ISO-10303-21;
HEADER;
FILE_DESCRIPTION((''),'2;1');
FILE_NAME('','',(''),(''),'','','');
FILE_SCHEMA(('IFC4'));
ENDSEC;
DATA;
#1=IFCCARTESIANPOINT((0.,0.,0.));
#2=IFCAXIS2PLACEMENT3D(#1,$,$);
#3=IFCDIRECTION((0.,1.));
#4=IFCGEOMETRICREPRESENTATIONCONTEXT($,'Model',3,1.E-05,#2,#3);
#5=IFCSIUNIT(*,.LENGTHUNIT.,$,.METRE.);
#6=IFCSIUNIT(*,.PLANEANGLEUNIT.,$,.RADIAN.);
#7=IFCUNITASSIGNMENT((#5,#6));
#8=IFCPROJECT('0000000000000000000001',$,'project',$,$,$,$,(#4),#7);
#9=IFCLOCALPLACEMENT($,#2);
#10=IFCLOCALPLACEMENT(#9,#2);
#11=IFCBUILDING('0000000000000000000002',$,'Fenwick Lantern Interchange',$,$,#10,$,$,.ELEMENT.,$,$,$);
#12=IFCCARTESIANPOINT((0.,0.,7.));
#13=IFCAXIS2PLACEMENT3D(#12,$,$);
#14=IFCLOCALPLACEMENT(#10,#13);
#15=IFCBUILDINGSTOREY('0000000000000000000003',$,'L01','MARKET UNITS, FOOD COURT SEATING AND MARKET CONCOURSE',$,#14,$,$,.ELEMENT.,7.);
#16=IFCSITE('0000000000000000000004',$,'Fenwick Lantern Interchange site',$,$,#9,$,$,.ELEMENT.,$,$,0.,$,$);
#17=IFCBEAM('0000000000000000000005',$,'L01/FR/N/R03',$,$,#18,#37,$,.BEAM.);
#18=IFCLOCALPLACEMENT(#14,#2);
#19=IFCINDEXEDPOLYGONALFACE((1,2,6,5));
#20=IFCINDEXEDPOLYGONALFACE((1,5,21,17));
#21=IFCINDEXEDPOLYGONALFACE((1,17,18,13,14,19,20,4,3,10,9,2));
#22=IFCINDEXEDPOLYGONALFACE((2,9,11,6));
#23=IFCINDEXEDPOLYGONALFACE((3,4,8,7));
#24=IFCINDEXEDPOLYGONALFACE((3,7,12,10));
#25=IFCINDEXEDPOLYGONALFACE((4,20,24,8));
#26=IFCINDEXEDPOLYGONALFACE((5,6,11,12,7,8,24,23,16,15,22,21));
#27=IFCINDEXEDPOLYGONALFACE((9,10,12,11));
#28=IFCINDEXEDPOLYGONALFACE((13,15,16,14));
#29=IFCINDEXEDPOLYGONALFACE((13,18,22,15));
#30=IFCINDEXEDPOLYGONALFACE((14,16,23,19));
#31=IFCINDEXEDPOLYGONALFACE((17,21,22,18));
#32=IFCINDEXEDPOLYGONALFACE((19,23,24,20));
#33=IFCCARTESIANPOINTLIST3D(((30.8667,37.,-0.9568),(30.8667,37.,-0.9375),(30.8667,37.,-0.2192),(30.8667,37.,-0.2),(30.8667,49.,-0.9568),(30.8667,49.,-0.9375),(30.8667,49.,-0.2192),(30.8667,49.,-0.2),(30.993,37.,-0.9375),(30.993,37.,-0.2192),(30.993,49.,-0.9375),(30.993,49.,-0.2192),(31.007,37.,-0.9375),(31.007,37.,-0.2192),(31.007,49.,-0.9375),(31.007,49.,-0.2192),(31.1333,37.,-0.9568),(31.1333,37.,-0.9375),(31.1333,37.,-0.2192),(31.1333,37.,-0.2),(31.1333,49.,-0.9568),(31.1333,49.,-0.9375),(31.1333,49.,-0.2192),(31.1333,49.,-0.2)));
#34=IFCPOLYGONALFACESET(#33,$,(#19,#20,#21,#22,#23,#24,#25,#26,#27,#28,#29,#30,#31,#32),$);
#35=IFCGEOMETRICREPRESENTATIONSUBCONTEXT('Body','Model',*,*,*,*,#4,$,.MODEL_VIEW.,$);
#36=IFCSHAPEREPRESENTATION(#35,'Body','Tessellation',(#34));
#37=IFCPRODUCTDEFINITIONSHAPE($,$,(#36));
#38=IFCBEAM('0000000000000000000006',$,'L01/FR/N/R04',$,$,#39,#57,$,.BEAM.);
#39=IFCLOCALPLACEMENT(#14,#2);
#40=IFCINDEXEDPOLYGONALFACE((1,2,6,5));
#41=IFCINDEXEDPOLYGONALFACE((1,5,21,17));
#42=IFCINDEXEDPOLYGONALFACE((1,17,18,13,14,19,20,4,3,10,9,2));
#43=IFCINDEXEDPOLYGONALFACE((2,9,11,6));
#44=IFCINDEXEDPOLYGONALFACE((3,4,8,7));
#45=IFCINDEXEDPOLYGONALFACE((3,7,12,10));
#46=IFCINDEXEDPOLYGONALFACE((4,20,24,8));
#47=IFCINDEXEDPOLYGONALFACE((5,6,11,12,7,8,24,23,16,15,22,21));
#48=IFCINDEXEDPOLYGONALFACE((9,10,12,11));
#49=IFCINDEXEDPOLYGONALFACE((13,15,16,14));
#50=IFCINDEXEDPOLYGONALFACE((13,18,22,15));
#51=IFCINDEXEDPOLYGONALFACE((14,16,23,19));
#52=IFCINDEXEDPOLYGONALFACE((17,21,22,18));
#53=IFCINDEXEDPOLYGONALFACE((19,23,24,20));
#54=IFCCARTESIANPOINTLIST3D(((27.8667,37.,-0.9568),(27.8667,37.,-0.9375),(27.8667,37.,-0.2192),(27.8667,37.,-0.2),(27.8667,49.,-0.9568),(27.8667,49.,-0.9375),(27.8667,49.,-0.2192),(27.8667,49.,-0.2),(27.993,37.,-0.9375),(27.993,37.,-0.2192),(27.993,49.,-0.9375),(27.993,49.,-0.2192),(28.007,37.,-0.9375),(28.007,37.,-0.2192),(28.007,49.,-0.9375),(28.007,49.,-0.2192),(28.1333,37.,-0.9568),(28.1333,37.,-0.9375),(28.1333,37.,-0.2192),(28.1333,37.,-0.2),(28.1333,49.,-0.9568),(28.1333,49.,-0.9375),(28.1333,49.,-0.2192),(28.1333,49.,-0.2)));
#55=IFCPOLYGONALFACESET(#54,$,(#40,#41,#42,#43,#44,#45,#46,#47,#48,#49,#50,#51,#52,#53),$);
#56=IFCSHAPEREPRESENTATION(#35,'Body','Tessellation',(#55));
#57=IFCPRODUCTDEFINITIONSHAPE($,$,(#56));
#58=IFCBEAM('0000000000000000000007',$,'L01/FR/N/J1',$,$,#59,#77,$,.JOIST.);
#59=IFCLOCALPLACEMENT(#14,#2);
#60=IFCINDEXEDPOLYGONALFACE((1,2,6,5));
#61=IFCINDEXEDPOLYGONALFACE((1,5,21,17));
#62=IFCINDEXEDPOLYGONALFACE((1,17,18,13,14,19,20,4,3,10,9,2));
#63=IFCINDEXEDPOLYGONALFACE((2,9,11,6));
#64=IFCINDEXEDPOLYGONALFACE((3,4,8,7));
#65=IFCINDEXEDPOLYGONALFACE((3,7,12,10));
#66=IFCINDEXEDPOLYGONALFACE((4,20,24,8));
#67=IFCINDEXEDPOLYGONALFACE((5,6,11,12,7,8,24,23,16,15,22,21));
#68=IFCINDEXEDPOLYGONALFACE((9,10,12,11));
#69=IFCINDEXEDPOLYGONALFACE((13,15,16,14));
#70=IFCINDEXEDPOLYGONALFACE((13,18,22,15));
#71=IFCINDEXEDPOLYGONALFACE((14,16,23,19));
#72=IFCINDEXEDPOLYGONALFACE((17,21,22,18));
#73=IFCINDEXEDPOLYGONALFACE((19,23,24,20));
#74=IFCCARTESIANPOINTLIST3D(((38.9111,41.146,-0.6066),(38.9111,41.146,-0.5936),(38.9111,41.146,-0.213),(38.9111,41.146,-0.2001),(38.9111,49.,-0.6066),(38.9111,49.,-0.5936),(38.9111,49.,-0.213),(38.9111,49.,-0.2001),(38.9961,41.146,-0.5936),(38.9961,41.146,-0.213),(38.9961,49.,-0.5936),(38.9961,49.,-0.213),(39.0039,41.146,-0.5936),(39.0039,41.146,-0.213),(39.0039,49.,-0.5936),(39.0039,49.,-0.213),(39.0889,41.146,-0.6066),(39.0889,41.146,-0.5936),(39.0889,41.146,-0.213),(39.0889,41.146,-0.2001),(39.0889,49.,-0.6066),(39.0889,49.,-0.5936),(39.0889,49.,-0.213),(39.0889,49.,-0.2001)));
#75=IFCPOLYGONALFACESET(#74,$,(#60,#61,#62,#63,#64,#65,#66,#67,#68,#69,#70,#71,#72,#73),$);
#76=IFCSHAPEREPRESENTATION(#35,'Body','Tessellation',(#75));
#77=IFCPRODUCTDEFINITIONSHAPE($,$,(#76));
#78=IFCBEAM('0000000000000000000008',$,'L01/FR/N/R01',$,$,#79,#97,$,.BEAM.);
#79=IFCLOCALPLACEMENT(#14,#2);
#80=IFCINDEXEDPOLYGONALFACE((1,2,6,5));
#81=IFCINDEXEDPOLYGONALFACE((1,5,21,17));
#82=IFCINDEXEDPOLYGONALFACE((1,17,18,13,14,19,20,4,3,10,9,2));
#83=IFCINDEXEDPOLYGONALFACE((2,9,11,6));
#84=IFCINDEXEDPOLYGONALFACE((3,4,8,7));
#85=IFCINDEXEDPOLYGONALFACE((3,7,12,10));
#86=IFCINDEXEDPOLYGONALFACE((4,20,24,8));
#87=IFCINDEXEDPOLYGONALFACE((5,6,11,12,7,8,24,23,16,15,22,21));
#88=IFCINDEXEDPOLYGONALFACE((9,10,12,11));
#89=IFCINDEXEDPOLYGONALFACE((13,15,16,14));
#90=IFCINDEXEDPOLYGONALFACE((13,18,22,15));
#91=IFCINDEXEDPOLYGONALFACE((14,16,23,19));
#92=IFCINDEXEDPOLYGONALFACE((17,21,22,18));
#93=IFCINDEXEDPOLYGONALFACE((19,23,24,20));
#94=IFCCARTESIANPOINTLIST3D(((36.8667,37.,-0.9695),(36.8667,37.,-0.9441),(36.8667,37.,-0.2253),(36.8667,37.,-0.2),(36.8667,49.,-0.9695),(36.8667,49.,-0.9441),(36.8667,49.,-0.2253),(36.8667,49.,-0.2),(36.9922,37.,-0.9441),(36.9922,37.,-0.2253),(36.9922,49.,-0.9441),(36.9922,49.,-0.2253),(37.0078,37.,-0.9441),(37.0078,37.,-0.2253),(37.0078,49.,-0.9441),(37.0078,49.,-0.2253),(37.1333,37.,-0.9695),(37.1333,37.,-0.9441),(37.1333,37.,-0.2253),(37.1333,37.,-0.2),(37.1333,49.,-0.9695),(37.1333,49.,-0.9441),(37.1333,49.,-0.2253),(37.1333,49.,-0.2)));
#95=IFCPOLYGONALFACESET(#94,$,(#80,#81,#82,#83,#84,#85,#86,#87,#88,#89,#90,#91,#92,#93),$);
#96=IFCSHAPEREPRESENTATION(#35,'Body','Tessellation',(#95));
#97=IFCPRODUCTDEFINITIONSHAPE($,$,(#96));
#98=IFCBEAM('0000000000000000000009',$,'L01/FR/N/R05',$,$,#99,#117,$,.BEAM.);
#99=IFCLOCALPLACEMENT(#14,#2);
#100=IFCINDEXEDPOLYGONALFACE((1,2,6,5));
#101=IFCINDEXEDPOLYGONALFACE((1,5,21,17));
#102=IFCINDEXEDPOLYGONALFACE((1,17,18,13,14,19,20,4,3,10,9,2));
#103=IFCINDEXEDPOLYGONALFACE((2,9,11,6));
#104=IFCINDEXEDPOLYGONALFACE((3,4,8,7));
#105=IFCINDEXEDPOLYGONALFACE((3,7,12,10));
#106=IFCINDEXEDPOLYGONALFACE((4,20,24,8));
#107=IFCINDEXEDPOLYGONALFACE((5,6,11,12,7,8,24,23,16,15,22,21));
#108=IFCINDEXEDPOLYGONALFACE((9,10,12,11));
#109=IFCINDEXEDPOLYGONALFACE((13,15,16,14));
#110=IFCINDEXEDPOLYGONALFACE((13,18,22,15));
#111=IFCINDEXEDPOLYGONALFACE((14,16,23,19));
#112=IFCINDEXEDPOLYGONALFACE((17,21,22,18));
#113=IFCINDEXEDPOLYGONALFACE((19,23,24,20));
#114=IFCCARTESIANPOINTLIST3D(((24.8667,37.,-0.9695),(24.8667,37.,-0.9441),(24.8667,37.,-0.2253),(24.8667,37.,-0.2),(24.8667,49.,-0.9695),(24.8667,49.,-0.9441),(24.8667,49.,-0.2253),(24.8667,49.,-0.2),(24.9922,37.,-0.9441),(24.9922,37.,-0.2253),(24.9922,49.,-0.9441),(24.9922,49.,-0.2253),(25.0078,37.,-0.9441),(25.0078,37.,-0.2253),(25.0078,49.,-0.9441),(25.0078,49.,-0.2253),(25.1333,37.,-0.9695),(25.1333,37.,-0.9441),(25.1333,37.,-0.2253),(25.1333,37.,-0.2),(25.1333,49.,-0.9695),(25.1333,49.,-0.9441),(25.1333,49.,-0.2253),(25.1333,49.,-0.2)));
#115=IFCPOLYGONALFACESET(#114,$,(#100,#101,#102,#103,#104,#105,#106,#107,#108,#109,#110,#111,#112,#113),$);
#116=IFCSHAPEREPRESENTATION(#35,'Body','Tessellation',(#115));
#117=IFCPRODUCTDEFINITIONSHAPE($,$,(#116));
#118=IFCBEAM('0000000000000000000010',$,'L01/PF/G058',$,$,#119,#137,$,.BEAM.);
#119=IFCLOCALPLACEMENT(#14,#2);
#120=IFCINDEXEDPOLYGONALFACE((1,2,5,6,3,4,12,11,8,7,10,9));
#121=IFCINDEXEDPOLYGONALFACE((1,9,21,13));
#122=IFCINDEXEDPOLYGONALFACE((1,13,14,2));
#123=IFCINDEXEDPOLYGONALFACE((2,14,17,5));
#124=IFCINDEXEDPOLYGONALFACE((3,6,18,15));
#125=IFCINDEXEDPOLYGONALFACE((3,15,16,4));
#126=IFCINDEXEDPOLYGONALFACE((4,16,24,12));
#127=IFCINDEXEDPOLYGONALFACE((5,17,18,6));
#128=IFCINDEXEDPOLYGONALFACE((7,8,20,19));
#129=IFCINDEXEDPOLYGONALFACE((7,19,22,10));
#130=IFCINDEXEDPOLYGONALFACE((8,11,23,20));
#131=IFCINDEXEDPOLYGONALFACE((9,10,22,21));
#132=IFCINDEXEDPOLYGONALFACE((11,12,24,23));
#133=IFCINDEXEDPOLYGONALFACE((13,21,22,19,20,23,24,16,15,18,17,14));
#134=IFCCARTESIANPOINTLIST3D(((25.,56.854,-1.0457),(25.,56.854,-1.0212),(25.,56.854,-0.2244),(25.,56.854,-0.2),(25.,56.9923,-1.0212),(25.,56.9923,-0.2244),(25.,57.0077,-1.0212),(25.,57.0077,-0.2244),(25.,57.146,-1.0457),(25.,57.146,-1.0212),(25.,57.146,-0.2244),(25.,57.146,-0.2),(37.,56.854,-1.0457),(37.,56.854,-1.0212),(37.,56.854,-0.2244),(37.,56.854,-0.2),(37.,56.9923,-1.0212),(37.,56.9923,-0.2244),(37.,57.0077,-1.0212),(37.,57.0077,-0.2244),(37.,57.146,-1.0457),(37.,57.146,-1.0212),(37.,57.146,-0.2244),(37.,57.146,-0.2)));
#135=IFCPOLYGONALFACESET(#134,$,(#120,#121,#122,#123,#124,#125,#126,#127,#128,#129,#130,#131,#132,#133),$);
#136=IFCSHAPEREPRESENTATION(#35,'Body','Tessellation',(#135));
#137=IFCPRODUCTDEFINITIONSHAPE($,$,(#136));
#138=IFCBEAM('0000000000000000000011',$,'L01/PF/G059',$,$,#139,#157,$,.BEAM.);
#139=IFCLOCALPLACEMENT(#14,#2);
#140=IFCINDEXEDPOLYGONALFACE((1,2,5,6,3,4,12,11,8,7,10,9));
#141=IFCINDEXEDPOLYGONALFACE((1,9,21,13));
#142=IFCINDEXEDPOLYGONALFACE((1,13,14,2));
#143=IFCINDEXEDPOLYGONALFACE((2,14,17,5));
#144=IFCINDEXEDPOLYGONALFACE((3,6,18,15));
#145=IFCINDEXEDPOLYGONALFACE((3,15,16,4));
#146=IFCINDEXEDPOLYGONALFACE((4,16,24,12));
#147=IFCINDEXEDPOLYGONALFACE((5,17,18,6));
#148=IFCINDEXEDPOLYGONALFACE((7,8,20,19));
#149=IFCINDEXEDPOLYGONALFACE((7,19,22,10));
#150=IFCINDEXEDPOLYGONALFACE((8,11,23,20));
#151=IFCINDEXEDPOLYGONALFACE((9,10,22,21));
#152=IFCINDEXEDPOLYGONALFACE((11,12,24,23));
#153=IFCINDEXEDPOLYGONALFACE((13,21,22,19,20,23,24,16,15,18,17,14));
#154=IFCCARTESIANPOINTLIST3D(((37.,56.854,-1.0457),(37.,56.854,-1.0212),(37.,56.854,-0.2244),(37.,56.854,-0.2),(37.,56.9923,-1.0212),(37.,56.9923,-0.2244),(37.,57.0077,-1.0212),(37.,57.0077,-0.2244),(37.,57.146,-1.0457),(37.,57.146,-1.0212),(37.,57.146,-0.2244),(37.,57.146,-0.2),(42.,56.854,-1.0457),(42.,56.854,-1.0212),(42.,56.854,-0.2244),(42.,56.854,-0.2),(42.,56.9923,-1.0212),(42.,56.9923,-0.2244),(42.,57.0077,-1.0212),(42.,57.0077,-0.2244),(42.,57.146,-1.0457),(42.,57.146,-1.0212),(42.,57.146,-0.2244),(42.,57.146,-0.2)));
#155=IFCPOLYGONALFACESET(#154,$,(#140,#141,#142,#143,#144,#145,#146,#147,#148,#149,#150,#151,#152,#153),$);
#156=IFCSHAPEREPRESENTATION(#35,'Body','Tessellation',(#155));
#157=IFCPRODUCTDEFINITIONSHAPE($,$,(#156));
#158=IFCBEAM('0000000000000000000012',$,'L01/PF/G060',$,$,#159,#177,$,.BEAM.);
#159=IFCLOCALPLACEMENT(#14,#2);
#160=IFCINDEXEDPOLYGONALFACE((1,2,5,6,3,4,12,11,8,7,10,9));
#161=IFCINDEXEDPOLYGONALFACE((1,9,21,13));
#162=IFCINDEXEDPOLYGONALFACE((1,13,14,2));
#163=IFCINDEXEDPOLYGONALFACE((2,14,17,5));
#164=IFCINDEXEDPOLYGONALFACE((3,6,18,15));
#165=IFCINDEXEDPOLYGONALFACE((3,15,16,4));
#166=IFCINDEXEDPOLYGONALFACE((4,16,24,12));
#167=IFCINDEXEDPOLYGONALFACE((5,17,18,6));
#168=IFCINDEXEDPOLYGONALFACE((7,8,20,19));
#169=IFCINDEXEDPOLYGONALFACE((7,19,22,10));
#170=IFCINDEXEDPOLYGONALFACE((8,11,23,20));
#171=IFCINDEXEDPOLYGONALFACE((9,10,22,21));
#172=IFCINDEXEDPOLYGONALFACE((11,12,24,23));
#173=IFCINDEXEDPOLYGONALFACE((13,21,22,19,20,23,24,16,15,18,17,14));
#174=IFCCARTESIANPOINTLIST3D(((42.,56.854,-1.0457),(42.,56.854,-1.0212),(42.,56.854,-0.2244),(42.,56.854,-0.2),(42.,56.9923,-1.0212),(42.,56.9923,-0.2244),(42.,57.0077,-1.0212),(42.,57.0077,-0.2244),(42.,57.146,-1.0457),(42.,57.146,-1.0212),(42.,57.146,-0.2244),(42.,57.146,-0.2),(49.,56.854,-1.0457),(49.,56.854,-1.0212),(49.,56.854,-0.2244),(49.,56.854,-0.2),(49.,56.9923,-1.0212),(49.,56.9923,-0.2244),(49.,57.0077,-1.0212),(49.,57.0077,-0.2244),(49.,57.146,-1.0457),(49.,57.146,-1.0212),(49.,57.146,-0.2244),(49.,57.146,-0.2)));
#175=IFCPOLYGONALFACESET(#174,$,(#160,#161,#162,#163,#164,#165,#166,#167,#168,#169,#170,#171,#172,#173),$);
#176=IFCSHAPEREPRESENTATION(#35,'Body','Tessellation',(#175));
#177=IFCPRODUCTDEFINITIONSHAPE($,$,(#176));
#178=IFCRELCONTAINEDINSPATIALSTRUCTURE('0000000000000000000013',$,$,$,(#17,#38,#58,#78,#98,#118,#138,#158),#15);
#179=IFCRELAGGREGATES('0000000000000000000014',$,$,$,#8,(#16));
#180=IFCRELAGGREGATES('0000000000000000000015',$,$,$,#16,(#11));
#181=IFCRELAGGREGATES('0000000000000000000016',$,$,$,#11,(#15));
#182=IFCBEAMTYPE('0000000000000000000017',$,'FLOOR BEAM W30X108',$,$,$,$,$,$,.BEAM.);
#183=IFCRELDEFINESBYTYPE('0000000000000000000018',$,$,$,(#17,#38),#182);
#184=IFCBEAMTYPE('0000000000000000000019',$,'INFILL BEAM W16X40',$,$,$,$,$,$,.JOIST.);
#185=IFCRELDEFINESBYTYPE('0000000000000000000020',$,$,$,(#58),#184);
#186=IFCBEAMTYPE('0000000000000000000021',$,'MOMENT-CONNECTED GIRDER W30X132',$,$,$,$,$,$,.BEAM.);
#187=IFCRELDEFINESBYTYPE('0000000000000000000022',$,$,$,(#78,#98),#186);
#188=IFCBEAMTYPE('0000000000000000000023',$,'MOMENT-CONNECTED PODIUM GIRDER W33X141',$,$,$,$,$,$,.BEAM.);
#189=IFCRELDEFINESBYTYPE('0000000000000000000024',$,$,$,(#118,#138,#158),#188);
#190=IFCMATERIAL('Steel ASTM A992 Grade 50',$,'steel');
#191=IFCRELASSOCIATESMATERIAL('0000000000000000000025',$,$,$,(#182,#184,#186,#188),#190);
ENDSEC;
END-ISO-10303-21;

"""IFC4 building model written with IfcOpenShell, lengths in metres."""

from ifc_helpers import new_model, si_unit, direction, frame, origin, origin_2d, place, context, subcontext, project, spatial, i_section, extrude, material, material_profile, profile_set, type_object, element, save


model = new_model("IFC4")

# Units and contexts
model_context = context("Model", 3, precision=1e-05, world=origin(), true_north=direction((0.0, 1.0)))
body_context = subcontext(model_context, "Body", "Model", "MODEL_VIEW")
ifc_project = project(units=[si_unit("LENGTHUNIT", "METRE"), si_unit("PLANEANGLEUNIT", "RADIAN")], contexts=[model_context])

# Site, building, storey
site_placement = place(None, origin())
site = spatial("IfcSite", under=ifc_project, at=site_placement, Name="Fenwick Lantern Interchange site", CompositionType="ELEMENT", RefElevation=0.0)
building_placement = place(site_placement, origin())
building = spatial("IfcBuilding", under=site, at=building_placement, Name="Fenwick Lantern Interchange", CompositionType="ELEMENT")
storey_placement = place(building_placement, frame((0.0, 0.0, 7.0)))
storey = spatial("IfcBuildingStorey", under=building, at=storey_placement, Name="L01", Description="MARKET UNITS, FOOD COURT SEATING AND MARKET CONCOURSE", CompositionType="ELEMENT", Elevation=7.0)

# Shared definitions
ifc_material_1 = material(Name="Steel ASTM A992 Grade 50", Category="steel")

# Beams
ifc_material_profile_1 = material_profile(ifc_material_1, i_section(OverallWidth=0.2666, OverallDepth=0.7568, WebThickness=0.0139, FlangeThickness=0.0193, at=origin_2d()), Name="W30X108")
ifc_profile_set_1 = profile_set([ifc_material_profile_1], Name="Steel ASTM A992 Grade 50")
beam_type_1 = type_object("IfcBeamType", Name="FLOOR BEAM W30X108", PredefinedType="BEAM", material=ifc_profile_set_1)
for number, where, z_axis, x_axis, name in (
    (1, (31.0, 49.0, -0.5784), (0.0, -1.0, 0.0), (1.0, 0.0, 0.0), "L01/FR/N/R03"),
    (2, (28.0, 49.0, -0.5784), (0.0, -1.0, 0.0), (1.0, 0.0, 0.0), "L01/FR/N/R04"),
):
    element("IfcBeam", number, at=place(storey_placement, frame(where, z_axis=z_axis, x_axis=x_axis)), inside=storey, type_object=beam_type_1, Name=name, PredefinedType="BEAM", context=body_context, shape_type="SweptSolid", body=[
        extrude(i_section(OverallWidth=0.2666, OverallDepth=0.7568, WebThickness=0.0139, FlangeThickness=0.0193, at=origin_2d()), origin(), (0.0, 0.0, 1.0), 12.0),
    ])
ifc_material_profile_2 = material_profile(ifc_material_1, i_section(OverallWidth=0.1777, OverallDepth=0.4065, WebThickness=0.0078, FlangeThickness=0.0129, at=origin_2d()), Name="W16X40")
ifc_profile_set_2 = profile_set([ifc_material_profile_2], Name="Steel ASTM A992 Grade 50")
beam_type_2 = type_object("IfcBeamType", Name="INFILL BEAM W16X40", PredefinedType="JOIST", material=ifc_profile_set_2)
beam_1_placement = place(storey_placement, frame((39.0, 49.0, -0.4033), z_axis=(0.0, -1.0, 0.0), x_axis=(1.0, 0.0, 0.0)))
element("IfcBeam", 3, at=beam_1_placement, inside=storey, type_object=beam_type_2, Name="L01/FR/N/J1", PredefinedType="JOIST", context=body_context, shape_type="SweptSolid", body=[
    extrude(i_section(OverallWidth=0.1777, OverallDepth=0.4065, WebThickness=0.0078, FlangeThickness=0.0129, at=origin_2d()), origin(), (0.0, 0.0, 1.0), 7.854),
])
ifc_material_profile_3 = material_profile(ifc_material_1, i_section(OverallWidth=0.2666, OverallDepth=0.7695, WebThickness=0.0156, FlangeThickness=0.0254, at=origin_2d()), Name="W30X132")
ifc_profile_set_3 = profile_set([ifc_material_profile_3], Name="Steel ASTM A992 Grade 50")
beam_type_3 = type_object("IfcBeamType", Name="MOMENT-CONNECTED GIRDER W30X132", PredefinedType="BEAM", material=ifc_profile_set_3)
for number, where, z_axis, x_axis, name in (
    (4, (37.0, 49.0, -0.5847), (0.0, -1.0, 0.0), (1.0, 0.0, 0.0), "L01/FR/N/R01"),
    (5, (25.0, 49.0, -0.5847), (0.0, -1.0, 0.0), (1.0, 0.0, 0.0), "L01/FR/N/R05"),
):
    element("IfcBeam", number, at=place(storey_placement, frame(where, z_axis=z_axis, x_axis=x_axis)), inside=storey, type_object=beam_type_3, Name=name, PredefinedType="BEAM", context=body_context, shape_type="SweptSolid", body=[
        extrude(i_section(OverallWidth=0.2666, OverallDepth=0.7695, WebThickness=0.0156, FlangeThickness=0.0254, at=origin_2d()), origin(), (0.0, 0.0, 1.0), 12.0),
    ])
ifc_material_profile_4 = material_profile(ifc_material_1, i_section(OverallWidth=0.292, OverallDepth=0.8457, WebThickness=0.0154, FlangeThickness=0.0244, at=origin_2d()), Name="W33X141")
ifc_profile_set_4 = profile_set([ifc_material_profile_4], Name="Steel ASTM A992 Grade 50")
beam_type_4 = type_object("IfcBeamType", Name="MOMENT-CONNECTED PODIUM GIRDER W33X141", PredefinedType="BEAM", material=ifc_profile_set_4)
beam_2_placement = place(storey_placement, frame((25.0, 57.0, -0.6228), z_axis=(1.0, 0.0, 0.0), x_axis=(0.0, 1.0, 0.0)))
element("IfcBeam", 6, at=beam_2_placement, inside=storey, type_object=beam_type_4, Name="L01/PF/G058", PredefinedType="BEAM", context=body_context, shape_type="SweptSolid", body=[
    extrude(i_section(OverallWidth=0.292, OverallDepth=0.8457, WebThickness=0.0154, FlangeThickness=0.0244, at=origin_2d()), origin(), (0.0, 0.0, 1.0), 12.0),
])
beam_3_placement = place(storey_placement, frame((37.0, 57.0, -0.6228), z_axis=(1.0, 0.0, 0.0), x_axis=(0.0, 1.0, 0.0)))
element("IfcBeam", 7, at=beam_3_placement, inside=storey, type_object=beam_type_4, Name="L01/PF/G059", PredefinedType="BEAM", context=body_context, shape_type="SweptSolid", body=[
    extrude(i_section(OverallWidth=0.292, OverallDepth=0.8457, WebThickness=0.0154, FlangeThickness=0.0244, at=origin_2d()), origin(), (0.0, 0.0, 1.0), 5.0),
])
beam_4_placement = place(storey_placement, frame((42.0, 57.0, -0.6228), z_axis=(1.0, 0.0, 0.0), x_axis=(0.0, 1.0, 0.0)))
element("IfcBeam", 8, at=beam_4_placement, inside=storey, type_object=beam_type_4, Name="L01/PF/G060", PredefinedType="BEAM", context=body_context, shape_type="SweptSolid", body=[
    extrude(i_section(OverallWidth=0.292, OverallDepth=0.8457, WebThickness=0.0154, FlangeThickness=0.0244, at=origin_2d()), origin(), (0.0, 0.0, 1.0), 7.0),
])

save(model, "model.ifc")
